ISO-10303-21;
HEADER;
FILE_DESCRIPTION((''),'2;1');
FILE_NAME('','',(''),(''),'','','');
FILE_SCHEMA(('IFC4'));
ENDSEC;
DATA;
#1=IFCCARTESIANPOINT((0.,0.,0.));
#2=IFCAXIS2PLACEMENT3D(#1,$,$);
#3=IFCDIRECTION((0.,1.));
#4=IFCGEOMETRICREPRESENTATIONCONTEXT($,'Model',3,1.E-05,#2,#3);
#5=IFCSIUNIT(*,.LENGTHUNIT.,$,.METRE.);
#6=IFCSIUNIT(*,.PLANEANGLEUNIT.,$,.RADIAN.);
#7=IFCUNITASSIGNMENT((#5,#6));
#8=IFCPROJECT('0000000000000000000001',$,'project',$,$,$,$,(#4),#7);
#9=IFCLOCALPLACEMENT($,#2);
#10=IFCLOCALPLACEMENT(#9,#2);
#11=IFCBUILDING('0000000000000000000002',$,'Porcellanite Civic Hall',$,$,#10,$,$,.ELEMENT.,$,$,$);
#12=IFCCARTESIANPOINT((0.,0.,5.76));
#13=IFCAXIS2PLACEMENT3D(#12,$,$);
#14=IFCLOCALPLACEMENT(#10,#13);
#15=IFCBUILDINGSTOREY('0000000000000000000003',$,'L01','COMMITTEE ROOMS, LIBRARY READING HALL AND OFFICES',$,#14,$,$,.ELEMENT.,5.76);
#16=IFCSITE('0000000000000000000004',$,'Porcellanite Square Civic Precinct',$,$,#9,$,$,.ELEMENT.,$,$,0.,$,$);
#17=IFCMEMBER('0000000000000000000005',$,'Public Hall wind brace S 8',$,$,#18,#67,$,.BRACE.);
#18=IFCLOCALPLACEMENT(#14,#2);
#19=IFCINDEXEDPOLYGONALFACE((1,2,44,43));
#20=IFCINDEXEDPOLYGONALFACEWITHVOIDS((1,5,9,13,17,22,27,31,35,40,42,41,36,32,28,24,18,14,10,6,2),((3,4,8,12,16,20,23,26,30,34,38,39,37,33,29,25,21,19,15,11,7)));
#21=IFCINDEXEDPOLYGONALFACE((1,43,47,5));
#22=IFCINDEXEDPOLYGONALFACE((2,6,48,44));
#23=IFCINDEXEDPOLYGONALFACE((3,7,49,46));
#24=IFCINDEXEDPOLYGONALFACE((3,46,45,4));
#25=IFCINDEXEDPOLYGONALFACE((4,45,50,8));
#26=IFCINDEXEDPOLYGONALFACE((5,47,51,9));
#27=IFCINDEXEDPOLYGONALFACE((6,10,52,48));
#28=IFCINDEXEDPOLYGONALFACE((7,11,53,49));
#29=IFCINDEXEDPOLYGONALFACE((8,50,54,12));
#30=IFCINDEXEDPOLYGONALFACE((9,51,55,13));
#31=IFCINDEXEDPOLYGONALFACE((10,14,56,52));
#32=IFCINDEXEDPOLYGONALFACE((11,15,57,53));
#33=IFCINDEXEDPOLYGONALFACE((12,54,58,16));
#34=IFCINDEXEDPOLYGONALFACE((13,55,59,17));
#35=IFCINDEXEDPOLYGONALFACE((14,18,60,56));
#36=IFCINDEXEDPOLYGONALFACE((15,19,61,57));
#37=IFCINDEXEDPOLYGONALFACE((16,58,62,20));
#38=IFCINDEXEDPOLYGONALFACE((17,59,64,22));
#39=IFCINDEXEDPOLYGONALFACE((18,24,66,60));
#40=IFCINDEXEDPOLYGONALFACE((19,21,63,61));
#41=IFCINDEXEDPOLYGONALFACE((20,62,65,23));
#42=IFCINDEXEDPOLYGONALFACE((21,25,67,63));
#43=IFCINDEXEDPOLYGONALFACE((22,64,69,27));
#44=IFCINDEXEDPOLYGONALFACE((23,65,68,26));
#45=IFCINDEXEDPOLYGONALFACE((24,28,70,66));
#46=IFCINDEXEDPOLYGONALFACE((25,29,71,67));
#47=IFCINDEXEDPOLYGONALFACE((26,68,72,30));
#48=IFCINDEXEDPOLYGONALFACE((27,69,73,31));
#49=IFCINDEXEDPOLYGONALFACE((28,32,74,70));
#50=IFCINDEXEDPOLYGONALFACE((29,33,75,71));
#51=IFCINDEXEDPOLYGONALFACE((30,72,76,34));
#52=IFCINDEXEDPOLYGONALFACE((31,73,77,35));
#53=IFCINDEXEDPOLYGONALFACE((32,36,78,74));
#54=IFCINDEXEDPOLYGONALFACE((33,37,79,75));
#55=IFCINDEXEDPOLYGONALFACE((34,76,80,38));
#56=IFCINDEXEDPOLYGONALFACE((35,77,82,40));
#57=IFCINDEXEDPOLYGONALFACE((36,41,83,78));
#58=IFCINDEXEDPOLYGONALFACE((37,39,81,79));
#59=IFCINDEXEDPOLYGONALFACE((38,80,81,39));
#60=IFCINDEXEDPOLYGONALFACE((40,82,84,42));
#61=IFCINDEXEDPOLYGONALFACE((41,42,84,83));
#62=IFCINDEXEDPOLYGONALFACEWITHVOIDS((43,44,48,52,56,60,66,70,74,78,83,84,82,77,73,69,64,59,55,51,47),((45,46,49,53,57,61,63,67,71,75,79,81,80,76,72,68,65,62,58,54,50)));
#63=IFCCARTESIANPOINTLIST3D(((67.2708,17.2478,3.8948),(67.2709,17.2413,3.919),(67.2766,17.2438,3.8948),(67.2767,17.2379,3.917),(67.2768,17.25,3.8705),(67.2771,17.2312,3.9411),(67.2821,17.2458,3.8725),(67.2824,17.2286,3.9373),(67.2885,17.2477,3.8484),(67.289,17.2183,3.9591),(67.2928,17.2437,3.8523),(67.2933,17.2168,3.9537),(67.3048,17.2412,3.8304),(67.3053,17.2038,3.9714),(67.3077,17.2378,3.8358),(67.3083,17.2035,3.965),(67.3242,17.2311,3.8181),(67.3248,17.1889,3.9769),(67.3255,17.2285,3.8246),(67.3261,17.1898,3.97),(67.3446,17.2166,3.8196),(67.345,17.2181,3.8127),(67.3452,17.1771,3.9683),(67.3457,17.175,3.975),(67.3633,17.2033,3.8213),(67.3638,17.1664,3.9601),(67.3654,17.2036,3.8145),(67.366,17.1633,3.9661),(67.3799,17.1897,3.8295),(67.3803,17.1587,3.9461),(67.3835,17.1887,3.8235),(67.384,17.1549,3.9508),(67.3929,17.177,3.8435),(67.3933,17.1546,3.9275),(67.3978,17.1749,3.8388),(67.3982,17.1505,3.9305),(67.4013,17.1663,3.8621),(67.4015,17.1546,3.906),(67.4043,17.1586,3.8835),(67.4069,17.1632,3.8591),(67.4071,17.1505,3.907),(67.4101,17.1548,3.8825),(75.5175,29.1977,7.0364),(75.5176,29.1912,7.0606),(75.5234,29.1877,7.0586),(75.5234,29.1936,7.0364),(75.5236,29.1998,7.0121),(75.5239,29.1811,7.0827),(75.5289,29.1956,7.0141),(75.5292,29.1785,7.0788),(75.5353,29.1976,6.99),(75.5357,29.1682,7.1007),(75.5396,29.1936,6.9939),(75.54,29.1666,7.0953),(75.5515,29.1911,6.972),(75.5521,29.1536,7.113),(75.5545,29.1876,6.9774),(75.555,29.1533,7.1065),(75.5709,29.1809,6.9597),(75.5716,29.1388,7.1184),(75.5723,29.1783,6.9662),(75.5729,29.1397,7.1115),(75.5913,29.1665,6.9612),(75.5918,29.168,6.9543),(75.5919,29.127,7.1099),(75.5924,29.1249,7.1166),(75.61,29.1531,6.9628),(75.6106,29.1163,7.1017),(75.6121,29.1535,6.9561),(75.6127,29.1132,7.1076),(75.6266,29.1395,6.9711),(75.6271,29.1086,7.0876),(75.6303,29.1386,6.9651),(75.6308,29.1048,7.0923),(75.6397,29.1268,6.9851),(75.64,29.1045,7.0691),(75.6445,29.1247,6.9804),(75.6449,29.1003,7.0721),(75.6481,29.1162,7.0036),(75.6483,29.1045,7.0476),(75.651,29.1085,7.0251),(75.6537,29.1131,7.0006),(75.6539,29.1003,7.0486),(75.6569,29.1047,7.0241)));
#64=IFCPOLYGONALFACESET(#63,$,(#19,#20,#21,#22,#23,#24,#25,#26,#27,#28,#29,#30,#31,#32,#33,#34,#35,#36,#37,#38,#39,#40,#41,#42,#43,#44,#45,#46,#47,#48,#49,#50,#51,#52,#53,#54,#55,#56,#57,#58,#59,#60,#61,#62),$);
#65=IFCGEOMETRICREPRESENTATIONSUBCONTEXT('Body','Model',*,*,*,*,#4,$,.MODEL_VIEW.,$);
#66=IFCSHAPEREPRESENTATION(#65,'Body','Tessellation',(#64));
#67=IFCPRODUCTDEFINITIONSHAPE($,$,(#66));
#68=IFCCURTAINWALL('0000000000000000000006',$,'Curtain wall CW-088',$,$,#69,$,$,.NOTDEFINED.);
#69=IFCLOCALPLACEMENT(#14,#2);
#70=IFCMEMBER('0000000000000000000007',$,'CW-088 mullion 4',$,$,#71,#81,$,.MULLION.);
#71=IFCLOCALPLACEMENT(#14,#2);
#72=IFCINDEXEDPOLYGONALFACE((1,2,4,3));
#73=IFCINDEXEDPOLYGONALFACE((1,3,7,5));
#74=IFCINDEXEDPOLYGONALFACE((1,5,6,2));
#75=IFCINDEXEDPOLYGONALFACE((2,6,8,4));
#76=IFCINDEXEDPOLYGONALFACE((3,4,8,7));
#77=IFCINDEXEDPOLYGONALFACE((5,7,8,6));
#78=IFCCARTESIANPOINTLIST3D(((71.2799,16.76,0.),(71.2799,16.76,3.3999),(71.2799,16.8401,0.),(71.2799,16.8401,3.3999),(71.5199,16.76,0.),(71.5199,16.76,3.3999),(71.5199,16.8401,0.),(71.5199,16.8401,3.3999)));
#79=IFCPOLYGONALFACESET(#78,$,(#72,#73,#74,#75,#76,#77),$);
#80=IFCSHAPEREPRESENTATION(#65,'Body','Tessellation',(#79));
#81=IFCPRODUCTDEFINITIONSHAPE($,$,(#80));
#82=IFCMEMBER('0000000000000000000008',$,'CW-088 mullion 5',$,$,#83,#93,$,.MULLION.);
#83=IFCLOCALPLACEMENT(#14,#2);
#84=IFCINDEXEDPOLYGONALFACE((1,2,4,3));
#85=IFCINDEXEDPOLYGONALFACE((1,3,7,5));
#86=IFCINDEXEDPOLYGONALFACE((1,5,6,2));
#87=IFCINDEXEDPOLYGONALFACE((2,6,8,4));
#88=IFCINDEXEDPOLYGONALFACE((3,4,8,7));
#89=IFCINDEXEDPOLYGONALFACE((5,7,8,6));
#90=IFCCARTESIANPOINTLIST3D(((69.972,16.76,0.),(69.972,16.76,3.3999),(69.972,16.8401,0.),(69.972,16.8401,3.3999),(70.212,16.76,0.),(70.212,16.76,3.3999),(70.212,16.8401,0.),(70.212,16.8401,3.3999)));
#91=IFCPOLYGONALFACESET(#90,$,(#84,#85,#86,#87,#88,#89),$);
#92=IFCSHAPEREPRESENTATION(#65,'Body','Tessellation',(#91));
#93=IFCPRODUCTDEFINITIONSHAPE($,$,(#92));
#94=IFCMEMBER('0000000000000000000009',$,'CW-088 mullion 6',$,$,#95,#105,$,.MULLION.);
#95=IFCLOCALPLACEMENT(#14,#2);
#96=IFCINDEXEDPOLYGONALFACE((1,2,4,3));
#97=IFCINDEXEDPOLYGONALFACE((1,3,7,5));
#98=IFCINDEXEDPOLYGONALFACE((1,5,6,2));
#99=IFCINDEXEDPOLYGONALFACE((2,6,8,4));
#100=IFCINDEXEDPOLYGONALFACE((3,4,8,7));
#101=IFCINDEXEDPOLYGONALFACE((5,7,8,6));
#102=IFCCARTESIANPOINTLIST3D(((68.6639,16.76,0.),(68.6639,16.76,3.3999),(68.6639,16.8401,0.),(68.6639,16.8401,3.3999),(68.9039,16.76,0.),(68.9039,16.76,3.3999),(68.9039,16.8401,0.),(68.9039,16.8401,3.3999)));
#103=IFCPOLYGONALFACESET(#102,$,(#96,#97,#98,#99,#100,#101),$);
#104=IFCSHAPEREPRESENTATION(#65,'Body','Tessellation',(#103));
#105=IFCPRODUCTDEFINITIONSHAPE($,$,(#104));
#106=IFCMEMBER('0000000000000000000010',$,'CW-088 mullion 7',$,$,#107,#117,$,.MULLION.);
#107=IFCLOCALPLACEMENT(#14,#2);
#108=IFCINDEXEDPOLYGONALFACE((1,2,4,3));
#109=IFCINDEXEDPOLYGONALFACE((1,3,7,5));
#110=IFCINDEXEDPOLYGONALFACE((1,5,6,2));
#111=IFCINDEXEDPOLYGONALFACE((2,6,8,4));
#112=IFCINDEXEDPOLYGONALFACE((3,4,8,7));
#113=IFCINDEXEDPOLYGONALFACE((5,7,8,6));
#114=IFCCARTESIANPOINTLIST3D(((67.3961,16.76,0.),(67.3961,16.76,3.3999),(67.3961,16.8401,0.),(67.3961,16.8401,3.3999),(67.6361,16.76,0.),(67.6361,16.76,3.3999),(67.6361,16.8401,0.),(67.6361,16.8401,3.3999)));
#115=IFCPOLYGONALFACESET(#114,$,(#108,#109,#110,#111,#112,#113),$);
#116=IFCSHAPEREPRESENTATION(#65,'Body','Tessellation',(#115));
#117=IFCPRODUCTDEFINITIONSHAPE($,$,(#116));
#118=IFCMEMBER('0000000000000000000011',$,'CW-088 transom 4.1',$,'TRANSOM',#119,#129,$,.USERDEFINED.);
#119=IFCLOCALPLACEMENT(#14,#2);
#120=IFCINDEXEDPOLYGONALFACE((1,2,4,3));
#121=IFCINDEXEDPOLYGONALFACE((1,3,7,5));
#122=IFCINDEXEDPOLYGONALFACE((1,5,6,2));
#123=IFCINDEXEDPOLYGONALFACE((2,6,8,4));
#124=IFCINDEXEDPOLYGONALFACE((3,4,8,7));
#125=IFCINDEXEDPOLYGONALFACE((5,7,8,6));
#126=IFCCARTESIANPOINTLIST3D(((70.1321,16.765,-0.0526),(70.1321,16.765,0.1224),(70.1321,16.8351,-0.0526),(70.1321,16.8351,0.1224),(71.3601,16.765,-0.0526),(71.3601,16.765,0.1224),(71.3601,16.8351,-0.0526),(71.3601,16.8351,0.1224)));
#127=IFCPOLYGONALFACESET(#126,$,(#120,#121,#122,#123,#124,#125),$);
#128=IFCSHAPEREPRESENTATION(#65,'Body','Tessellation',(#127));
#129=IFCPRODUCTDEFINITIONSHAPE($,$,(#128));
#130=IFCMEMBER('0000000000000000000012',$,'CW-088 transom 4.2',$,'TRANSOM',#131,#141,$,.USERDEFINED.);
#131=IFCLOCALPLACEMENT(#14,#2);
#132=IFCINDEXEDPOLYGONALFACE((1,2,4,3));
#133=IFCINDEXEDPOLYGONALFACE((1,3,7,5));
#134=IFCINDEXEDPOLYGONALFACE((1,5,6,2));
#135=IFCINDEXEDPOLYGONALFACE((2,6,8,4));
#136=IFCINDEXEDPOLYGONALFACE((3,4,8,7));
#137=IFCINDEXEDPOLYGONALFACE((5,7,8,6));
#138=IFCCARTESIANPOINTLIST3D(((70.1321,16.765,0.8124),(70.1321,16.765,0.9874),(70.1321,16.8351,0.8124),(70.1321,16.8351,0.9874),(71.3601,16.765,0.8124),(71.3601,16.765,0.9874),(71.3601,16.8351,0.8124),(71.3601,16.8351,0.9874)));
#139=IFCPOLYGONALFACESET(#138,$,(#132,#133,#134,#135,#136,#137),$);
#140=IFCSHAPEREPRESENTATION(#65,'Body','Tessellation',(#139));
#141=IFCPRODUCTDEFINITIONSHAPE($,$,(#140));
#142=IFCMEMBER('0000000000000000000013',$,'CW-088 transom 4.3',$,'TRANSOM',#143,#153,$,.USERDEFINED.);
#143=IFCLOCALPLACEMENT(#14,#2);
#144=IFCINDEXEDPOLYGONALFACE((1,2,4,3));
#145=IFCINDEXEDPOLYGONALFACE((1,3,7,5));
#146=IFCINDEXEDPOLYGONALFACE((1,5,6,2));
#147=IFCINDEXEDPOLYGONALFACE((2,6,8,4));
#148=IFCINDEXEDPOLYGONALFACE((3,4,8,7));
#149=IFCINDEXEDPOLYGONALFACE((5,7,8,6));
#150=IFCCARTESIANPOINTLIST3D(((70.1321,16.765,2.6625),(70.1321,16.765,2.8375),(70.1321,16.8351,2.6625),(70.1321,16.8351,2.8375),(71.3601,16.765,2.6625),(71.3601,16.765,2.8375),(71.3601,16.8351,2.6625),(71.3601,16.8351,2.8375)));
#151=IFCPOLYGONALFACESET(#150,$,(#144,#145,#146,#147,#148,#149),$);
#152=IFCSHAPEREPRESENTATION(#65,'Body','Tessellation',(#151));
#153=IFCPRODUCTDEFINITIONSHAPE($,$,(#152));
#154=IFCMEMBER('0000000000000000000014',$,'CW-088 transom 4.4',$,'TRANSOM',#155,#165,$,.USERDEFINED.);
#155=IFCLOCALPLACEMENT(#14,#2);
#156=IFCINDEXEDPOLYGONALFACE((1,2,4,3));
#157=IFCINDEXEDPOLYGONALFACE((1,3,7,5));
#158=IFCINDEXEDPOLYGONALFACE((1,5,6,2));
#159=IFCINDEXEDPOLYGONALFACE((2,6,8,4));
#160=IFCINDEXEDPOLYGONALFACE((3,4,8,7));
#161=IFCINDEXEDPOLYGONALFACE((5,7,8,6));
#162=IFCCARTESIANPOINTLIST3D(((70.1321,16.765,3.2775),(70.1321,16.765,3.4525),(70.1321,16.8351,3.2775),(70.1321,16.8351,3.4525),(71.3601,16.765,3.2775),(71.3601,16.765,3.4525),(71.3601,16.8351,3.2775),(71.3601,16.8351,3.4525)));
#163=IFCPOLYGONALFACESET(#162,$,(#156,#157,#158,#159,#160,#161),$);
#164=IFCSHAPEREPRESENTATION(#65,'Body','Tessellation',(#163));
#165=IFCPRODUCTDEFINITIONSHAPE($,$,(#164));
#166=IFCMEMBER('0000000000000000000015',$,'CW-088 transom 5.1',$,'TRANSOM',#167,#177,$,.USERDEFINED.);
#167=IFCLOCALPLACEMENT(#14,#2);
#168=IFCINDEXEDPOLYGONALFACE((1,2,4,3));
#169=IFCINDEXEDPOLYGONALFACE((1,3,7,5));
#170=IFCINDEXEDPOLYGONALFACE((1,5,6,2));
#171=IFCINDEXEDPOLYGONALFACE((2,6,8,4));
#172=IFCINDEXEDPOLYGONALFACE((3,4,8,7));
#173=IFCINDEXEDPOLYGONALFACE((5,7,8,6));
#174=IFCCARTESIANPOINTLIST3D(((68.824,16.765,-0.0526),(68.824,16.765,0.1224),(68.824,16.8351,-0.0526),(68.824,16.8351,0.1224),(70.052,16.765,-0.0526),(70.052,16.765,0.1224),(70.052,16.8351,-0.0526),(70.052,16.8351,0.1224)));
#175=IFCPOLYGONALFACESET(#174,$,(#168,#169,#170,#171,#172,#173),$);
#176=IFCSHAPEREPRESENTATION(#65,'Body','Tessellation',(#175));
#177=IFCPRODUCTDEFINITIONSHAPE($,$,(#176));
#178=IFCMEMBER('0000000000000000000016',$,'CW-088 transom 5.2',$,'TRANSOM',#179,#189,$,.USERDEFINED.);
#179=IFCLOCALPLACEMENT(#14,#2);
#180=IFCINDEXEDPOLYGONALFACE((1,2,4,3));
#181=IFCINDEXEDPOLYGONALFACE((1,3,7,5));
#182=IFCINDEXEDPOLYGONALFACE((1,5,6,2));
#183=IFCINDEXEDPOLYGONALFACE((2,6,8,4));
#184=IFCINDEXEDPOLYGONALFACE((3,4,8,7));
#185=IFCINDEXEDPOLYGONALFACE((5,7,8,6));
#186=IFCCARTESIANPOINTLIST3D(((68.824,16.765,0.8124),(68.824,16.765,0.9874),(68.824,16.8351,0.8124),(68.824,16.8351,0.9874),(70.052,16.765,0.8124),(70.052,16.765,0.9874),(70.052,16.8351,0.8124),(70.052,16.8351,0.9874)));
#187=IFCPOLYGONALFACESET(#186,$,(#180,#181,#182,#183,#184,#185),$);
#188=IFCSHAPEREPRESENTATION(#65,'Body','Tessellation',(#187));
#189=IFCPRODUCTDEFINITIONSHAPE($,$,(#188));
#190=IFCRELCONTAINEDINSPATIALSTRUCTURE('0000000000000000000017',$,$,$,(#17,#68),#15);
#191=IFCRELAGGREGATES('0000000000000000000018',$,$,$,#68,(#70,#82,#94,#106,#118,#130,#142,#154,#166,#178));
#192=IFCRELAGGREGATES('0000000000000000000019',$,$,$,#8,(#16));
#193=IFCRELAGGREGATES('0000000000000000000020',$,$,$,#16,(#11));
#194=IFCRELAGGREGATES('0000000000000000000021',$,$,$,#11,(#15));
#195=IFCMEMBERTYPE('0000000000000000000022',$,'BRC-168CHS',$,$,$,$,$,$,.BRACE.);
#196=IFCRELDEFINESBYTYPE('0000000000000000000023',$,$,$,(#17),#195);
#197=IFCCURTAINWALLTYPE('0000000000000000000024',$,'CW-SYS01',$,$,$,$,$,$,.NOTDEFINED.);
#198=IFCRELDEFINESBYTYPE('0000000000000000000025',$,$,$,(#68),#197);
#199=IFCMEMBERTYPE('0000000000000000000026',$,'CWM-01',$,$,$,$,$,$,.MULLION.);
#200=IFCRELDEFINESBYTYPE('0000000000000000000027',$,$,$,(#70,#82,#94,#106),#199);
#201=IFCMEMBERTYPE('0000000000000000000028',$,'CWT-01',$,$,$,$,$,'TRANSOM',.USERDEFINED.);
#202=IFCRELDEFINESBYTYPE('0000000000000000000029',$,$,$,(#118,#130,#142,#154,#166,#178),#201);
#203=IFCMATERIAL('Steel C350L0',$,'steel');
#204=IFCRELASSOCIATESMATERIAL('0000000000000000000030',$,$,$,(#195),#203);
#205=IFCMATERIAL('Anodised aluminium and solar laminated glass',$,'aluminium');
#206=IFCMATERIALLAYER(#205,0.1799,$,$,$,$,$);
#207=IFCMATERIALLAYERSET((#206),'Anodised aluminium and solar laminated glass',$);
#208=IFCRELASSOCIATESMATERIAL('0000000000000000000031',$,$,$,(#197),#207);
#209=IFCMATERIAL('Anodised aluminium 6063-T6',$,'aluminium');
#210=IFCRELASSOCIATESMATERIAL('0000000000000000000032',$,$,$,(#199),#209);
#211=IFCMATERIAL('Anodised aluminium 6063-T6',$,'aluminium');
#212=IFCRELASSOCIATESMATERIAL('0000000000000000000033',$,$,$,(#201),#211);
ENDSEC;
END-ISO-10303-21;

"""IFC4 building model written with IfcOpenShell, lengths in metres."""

from ifc_helpers import new_model, si_unit, direction, frame, origin, origin_2d, place, context, subcontext, project, spatial, rectangle, hollow_circle, extrude, material, layer, layer_set, material_profile, profile_set, type_object, element, aggregate, save


model = new_model("IFC4")

# Units and contexts
model_context = context("Model", 3, precision=1e-05, world=origin(), true_north=direction((0.0, 1.0)))
body_context = subcontext(model_context, "Body", "Model", "MODEL_VIEW")
ifc_project = project(units=[si_unit("LENGTHUNIT", "METRE"), si_unit("PLANEANGLEUNIT", "RADIAN")], contexts=[model_context])

# Site, building, storey
site_placement = place(None, origin())
site = spatial("IfcSite", under=ifc_project, at=site_placement, Name="Porcellanite Square Civic Precinct", CompositionType="ELEMENT", RefElevation=0.0)
building_placement = place(site_placement, origin())
building = spatial("IfcBuilding", under=site, at=building_placement, Name="Porcellanite Civic Hall", CompositionType="ELEMENT")
storey_placement = place(building_placement, frame((0.0, 0.0, 5.76)))
storey = spatial("IfcBuildingStorey", under=building, at=storey_placement, Name="L01", Description="COMMITTEE ROOMS, LIBRARY READING HALL AND OFFICES", CompositionType="ELEMENT", Elevation=5.76)

# Member
ifc_material_1 = material(Name="Steel C350L0", Category="steel")
ifc_material_profile_1 = material_profile(ifc_material_1, hollow_circle(Radius=0.0842, WallThickness=0.0071, at=origin_2d()), Name="168.3x7.1CHS")
ifc_profile_set_1 = profile_set([ifc_material_profile_1], Name="Steel C350L0")
member_type_1 = type_object("IfcMemberType", Name="BRC-168CHS", PredefinedType="BRACE", material=ifc_profile_set_1)
member_1_placement = place(storey_placement, frame((67.3401, 17.2, 3.8948), z_axis=(0.555142, 0.804421, 0.21148), x_axis=(-0.823036, 0.567989, 0.0)))
element("IfcMember", 1, at=member_1_placement, inside=storey, type_object=member_type_1, Name="Public Hall wind brace S 8", PredefinedType="BRACE", context=body_context, shape_type="SweptSolid", body=[
    extrude(hollow_circle(Radius=0.0842, WallThickness=0.0071, at=origin_2d()), origin(), (0.0, 0.0, 1.0), 14.8552),
])

# Curtain wall, members
ifc_material_2 = material(Name="Anodised aluminium and solar laminated glass", Category="aluminium")
ifc_layer_1 = layer(ifc_material_2, 0.1799)
ifc_layer_set_1 = layer_set([ifc_layer_1], Name="Anodised aluminium and solar laminated glass")
curtain_wall_type = type_object("IfcCurtainWallType", Name="CW-SYS01", PredefinedType="NOTDEFINED", material=ifc_layer_set_1)
curtain_wall_1_placement = place(storey_placement, origin())
curtain_wall_1 = element("IfcCurtainWall", 2, at=curtain_wall_1_placement, inside=storey, type_object=curtain_wall_type, Name="Curtain wall CW-088", PredefinedType="NOTDEFINED")
ifc_material_3 = material(Name="Anodised aluminium 6063-T6", Category="aluminium")
ifc_material_profile_2 = material_profile(ifc_material_3, rectangle(XDim=0.0801, YDim=0.24, at=origin_2d()), Name="AL-80x240")
ifc_profile_set_2 = profile_set([ifc_material_profile_2], Name="Anodised aluminium 6063-T6")
member_type_2 = type_object("IfcMemberType", Name="CWM-01", PredefinedType="MULLION", material=ifc_profile_set_2)
member_2_placement = place(storey_placement, frame((71.3999, 16.8, 0.0), z_axis=(0.0, 0.0, 1.0), x_axis=(0.0, -1.0, 0.0)))
member_2 = element("IfcMember", 3, at=member_2_placement, type_object=member_type_2, Name="CW-088 mullion 4", PredefinedType="MULLION", context=body_context, shape_type="SweptSolid", body=[
    extrude(rectangle(XDim=0.0801, YDim=0.24, at=origin_2d()), origin(), (0.0, 0.0, 1.0), 3.3999),
])
member_3_placement = place(storey_placement, frame((70.092, 16.8, 0.0), z_axis=(0.0, 0.0, 1.0), x_axis=(0.0, -1.0, 0.0)))
member_3 = element("IfcMember", 4, at=member_3_placement, type_object=member_type_2, Name="CW-088 mullion 5", PredefinedType="MULLION", context=body_context, shape_type="SweptSolid", body=[
    extrude(rectangle(XDim=0.0801, YDim=0.24, at=origin_2d()), origin(), (0.0, 0.0, 1.0), 3.3999),
])
member_4_placement = place(storey_placement, frame((68.7839, 16.8, 0.0), z_axis=(0.0, 0.0, 1.0), x_axis=(0.0, -1.0, 0.0)))
member_4 = element("IfcMember", 5, at=member_4_placement, type_object=member_type_2, Name="CW-088 mullion 6", PredefinedType="MULLION", context=body_context, shape_type="SweptSolid", body=[
    extrude(rectangle(XDim=0.0801, YDim=0.24, at=origin_2d()), origin(), (0.0, 0.0, 1.0), 3.3999),
])
member_5_placement = place(storey_placement, frame((67.5161, 16.8, 0.0), z_axis=(0.0, 0.0, 1.0), x_axis=(0.0, -1.0, 0.0)))
member_5 = element("IfcMember", 6, at=member_5_placement, type_object=member_type_2, Name="CW-088 mullion 7", PredefinedType="MULLION", context=body_context, shape_type="SweptSolid", body=[
    extrude(rectangle(XDim=0.0801, YDim=0.24, at=origin_2d()), origin(), (0.0, 0.0, 1.0), 3.3999),
])
ifc_material_4 = material(Name="Anodised aluminium 6063-T6", Category="aluminium")
ifc_material_profile_3 = material_profile(ifc_material_4, rectangle(XDim=0.0701, YDim=0.175, at=origin_2d()), Name="AL-70x175")
ifc_profile_set_3 = profile_set([ifc_material_profile_3], Name="Anodised aluminium 6063-T6")
member_type_3 = type_object("IfcMemberType", Name="CWT-01", ElementType="TRANSOM", PredefinedType="USERDEFINED", material=ifc_profile_set_3)
member_6_placement = place(storey_placement, frame((71.3601, 16.8, 0.0349), z_axis=(-1.0, 0.0, 0.0), x_axis=(0.0, -1.0, 0.0)))
member_6 = element("IfcMember", 7, at=member_6_placement, type_object=member_type_3, Name="CW-088 transom 4.1", ObjectType="TRANSOM", PredefinedType="USERDEFINED", context=body_context, shape_type="SweptSolid", body=[
    extrude(rectangle(XDim=0.0701, YDim=0.175, at=origin_2d()), origin(), (0.0, 0.0, 1.0), 1.228),
])
member_7_placement = place(storey_placement, frame((71.3601, 16.8, 0.8999), z_axis=(-1.0, 0.0, 0.0), x_axis=(0.0, -1.0, 0.0)))
member_7 = element("IfcMember", 8, at=member_7_placement, type_object=member_type_3, Name="CW-088 transom 4.2", ObjectType="TRANSOM", PredefinedType="USERDEFINED", context=body_context, shape_type="SweptSolid", body=[
    extrude(rectangle(XDim=0.0701, YDim=0.175, at=origin_2d()), origin(), (0.0, 0.0, 1.0), 1.228),
])
member_8_placement = place(storey_placement, frame((71.3601, 16.8, 2.75), z_axis=(-1.0, 0.0, 0.0), x_axis=(0.0, -1.0, 0.0)))
member_8 = element("IfcMember", 9, at=member_8_placement, type_object=member_type_3, Name="CW-088 transom 4.3", ObjectType="TRANSOM", PredefinedType="USERDEFINED", context=body_context, shape_type="SweptSolid", body=[
    extrude(rectangle(XDim=0.0701, YDim=0.175, at=origin_2d()), origin(), (0.0, 0.0, 1.0), 1.228),
])
member_9_placement = place(storey_placement, frame((71.3601, 16.8, 3.365), z_axis=(-1.0, 0.0, 0.0), x_axis=(0.0, -1.0, 0.0)))
member_9 = element("IfcMember", 10, at=member_9_placement, type_object=member_type_3, Name="CW-088 transom 4.4", ObjectType="TRANSOM", PredefinedType="USERDEFINED", context=body_context, shape_type="SweptSolid", body=[
    extrude(rectangle(XDim=0.0701, YDim=0.175, at=origin_2d()), origin(), (0.0, 0.0, 1.0), 1.228),
])
member_10_placement = place(storey_placement, frame((70.052, 16.8, 0.0349), z_axis=(-1.0, 0.0, 0.0), x_axis=(0.0, -1.0, 0.0)))
member_10 = element("IfcMember", 11, at=member_10_placement, type_object=member_type_3, Name="CW-088 transom 5.1", ObjectType="TRANSOM", PredefinedType="USERDEFINED", context=body_context, shape_type="SweptSolid", body=[
    extrude(rectangle(XDim=0.0701, YDim=0.175, at=origin_2d()), origin(), (0.0, 0.0, 1.0), 1.228),
])
member_11_placement = place(storey_placement, frame((70.052, 16.8, 0.8999), z_axis=(-1.0, 0.0, 0.0), x_axis=(0.0, -1.0, 0.0)))
member_11 = element("IfcMember", 12, at=member_11_placement, type_object=member_type_3, Name="CW-088 transom 5.2", ObjectType="TRANSOM", PredefinedType="USERDEFINED", context=body_context, shape_type="SweptSolid", body=[
    extrude(rectangle(XDim=0.0701, YDim=0.175, at=origin_2d()), origin(), (0.0, 0.0, 1.0), 1.228),
])

aggregate(curtain_wall_1, [member_2, member_3, member_4, member_5, member_6, member_7, member_8, member_9, member_10, member_11])

save(model, "model.ifc")
